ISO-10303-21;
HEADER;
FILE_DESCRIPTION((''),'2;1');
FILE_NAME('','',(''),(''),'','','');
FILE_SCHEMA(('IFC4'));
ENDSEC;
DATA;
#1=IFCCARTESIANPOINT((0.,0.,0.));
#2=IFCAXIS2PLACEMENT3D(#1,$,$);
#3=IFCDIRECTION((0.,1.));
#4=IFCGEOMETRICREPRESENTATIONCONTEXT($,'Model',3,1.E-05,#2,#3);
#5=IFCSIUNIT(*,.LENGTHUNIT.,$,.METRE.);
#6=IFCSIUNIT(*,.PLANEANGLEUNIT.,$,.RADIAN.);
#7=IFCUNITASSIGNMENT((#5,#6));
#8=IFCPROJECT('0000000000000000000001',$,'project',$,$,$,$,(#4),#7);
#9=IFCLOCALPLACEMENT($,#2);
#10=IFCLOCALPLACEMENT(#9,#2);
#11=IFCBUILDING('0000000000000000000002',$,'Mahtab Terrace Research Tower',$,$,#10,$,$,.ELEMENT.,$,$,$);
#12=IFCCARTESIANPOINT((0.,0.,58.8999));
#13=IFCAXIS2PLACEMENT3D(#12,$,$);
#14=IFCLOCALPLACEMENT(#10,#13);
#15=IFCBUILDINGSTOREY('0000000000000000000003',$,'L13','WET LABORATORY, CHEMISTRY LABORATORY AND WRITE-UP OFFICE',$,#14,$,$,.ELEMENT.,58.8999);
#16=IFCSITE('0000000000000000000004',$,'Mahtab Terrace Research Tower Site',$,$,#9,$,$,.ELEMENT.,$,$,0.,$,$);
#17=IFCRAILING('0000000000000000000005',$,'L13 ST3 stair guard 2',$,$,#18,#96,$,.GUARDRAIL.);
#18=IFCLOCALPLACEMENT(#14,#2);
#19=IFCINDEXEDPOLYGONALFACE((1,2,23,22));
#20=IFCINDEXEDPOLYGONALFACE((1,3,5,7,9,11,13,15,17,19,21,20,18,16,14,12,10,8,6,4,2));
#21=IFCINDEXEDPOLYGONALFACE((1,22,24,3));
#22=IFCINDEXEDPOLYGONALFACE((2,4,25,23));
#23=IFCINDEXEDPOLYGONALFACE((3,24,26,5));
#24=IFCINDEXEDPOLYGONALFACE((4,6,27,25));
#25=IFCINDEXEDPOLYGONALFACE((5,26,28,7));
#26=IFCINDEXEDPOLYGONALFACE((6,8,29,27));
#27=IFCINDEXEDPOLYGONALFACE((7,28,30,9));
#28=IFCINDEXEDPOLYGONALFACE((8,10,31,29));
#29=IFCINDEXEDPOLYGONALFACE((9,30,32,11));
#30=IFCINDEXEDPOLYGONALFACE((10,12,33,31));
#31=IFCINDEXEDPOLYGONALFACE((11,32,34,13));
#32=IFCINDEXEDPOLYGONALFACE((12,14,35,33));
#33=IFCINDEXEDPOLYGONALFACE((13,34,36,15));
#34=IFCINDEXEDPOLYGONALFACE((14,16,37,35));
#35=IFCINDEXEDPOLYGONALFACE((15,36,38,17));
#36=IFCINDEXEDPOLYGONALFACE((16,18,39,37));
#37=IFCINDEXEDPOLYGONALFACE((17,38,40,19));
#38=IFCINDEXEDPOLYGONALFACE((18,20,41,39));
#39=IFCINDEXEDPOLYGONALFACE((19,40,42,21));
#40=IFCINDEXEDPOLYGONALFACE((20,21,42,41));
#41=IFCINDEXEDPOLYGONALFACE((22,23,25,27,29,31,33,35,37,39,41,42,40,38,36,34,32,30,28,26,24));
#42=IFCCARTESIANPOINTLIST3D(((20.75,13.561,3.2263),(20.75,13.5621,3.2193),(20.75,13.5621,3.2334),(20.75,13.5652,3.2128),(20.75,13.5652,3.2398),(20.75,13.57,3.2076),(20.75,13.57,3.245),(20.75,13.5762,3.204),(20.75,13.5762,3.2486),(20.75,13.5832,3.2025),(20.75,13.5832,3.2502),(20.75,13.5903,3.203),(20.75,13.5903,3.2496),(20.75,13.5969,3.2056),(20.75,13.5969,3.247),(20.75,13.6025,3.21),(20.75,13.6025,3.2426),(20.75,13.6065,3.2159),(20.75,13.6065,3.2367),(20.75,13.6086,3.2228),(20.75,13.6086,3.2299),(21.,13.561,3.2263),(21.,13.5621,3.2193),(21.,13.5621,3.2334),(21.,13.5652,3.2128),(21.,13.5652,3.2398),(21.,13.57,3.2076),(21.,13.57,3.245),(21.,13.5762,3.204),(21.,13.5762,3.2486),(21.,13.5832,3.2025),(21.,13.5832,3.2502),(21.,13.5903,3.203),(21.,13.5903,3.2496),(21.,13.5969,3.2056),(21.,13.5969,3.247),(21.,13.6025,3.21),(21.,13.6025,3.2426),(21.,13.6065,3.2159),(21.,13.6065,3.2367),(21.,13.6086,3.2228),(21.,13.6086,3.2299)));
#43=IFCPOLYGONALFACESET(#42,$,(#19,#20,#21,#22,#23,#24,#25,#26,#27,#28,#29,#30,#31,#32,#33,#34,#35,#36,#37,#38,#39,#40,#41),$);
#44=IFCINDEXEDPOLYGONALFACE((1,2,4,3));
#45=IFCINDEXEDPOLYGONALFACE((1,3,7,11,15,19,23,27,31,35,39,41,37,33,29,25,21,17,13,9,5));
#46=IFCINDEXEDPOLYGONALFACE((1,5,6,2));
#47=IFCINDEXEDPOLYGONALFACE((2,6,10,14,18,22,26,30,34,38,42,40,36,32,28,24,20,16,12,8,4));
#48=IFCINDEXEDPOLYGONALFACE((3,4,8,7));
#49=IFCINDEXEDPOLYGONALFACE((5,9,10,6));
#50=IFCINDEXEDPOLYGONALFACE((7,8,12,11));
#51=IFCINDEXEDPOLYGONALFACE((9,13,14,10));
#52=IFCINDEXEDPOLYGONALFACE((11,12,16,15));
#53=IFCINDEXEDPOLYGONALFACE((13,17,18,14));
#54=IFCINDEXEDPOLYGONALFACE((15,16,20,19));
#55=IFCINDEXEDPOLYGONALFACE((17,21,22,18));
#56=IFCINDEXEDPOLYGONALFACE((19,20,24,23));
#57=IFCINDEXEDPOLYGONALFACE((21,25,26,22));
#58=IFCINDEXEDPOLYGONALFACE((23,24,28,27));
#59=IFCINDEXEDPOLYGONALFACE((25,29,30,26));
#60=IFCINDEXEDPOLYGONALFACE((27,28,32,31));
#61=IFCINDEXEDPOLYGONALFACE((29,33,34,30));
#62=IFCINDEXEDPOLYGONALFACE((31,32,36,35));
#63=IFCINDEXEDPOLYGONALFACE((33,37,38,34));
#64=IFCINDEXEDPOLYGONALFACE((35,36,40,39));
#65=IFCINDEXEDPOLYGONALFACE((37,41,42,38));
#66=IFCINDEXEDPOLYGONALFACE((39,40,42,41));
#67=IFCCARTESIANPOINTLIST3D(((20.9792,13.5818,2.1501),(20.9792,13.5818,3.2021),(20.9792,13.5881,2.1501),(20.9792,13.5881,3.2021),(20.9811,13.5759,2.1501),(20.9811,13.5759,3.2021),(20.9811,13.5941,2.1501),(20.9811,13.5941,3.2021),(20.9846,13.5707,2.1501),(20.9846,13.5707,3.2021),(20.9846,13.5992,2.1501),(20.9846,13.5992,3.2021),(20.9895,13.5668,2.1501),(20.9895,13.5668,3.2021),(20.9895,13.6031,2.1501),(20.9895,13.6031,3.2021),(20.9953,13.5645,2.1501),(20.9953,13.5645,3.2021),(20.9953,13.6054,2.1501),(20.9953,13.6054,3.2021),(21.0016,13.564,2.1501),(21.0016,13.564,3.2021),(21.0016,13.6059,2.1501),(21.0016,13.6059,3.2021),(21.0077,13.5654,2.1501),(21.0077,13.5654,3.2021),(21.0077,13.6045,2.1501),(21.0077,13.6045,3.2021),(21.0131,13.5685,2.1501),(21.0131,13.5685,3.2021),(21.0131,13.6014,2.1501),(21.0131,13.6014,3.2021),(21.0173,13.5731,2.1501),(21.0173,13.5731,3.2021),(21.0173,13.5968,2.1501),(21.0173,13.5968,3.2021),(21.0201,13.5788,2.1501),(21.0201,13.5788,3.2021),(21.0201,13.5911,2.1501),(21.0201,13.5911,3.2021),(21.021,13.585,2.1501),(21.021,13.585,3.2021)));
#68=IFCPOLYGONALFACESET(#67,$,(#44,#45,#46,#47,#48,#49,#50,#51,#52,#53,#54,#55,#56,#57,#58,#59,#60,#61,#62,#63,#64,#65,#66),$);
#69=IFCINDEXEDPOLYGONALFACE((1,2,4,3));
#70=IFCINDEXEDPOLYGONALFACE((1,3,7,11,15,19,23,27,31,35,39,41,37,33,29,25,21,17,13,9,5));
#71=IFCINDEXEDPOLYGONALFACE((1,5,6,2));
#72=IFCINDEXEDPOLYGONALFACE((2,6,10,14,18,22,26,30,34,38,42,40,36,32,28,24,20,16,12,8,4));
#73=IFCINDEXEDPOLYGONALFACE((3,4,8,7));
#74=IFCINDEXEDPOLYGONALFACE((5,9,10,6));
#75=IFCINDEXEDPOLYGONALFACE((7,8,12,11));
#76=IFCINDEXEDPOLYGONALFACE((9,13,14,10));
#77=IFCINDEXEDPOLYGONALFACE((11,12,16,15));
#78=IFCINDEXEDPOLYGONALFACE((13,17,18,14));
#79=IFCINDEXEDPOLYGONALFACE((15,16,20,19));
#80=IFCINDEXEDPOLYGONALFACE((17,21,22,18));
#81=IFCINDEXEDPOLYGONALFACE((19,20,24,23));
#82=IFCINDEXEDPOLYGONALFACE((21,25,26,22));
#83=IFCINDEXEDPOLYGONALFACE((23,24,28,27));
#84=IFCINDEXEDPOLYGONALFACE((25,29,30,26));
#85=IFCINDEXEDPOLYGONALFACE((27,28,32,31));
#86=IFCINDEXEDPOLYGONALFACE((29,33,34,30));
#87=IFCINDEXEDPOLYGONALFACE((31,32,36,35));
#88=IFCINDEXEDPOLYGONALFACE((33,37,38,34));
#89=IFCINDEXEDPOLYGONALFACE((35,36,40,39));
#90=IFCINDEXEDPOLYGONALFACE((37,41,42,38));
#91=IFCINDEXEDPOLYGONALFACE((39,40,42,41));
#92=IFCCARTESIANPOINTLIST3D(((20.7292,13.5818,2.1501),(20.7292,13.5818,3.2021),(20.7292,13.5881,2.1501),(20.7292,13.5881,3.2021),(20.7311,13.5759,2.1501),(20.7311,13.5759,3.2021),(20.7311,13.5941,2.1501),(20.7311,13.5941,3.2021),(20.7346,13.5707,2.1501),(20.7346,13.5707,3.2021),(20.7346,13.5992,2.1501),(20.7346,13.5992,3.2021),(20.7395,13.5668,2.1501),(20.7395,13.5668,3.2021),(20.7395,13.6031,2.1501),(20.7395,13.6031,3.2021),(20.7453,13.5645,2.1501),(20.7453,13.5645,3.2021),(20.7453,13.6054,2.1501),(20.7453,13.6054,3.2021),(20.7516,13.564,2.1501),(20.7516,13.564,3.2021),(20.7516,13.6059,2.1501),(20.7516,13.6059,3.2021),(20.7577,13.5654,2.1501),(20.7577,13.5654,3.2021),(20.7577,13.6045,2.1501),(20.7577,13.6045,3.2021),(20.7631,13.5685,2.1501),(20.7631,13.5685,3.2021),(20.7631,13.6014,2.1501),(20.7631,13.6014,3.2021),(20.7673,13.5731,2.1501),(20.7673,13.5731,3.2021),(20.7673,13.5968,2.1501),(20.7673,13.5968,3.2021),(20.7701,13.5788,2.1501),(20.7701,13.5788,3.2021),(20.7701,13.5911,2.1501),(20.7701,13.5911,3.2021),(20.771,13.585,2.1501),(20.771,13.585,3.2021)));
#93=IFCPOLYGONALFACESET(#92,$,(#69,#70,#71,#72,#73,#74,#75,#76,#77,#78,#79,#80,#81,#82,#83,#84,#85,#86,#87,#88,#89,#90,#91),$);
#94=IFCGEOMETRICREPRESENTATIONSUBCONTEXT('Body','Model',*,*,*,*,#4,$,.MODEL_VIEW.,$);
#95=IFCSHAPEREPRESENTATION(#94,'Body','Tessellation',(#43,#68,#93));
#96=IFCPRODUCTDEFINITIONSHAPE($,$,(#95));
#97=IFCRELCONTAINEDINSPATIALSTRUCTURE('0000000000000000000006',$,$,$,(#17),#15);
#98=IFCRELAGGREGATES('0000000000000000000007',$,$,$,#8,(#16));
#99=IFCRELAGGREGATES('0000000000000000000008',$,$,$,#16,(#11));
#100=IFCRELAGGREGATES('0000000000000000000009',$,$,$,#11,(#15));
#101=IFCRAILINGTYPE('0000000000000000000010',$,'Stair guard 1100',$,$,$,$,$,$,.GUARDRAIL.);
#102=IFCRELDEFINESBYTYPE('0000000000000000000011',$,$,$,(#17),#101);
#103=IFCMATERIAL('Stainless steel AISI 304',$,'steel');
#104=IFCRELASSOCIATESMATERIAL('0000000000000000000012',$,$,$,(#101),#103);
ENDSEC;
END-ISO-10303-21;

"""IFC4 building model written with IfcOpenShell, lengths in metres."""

from ifc_helpers import new_model, si_unit, direction, frame, origin, origin_2d, place, context, subcontext, project, spatial, circle, extrude, material, type_object, element, save


model = new_model("IFC4")

# Units and contexts
model_context = context("Model", 3, precision=1e-05, world=origin(), true_north=direction((0.0, 1.0)))
body_context = subcontext(model_context, "Body", "Model", "MODEL_VIEW")
ifc_project = project(units=[si_unit("LENGTHUNIT", "METRE"), si_unit("PLANEANGLEUNIT", "RADIAN")], contexts=[model_context])

# Site, building, storey
site_placement = place(None, origin())
site = spatial("IfcSite", under=ifc_project, at=site_placement, Name="Mahtab Terrace Research Tower Site", CompositionType="ELEMENT", RefElevation=0.0)
building_placement = place(site_placement, origin())
building = spatial("IfcBuilding", under=site, at=building_placement, Name="Mahtab Terrace Research Tower", CompositionType="ELEMENT")
storey_placement = place(building_placement, frame((0.0, 0.0, 58.8999)))
storey = spatial("IfcBuildingStorey", under=building, at=storey_placement, Name="L13", Description="WET LABORATORY, CHEMISTRY LABORATORY AND WRITE-UP OFFICE", CompositionType="ELEMENT", Elevation=58.8999)

# Railing
ifc_material_1 = material(Name="Stainless steel AISI 304", Category="steel")
railing_type_1 = type_object("IfcRailingType", Name="Stair guard 1100", PredefinedType="GUARDRAIL", material=ifc_material_1)
railing_1_placement = place(storey_placement, frame((21.0, 13.585, 2.1501)))
element("IfcRailing", 1, at=railing_1_placement, inside=storey, type_object=railing_type_1, Name="L13 ST3 stair guard 2", PredefinedType="GUARDRAIL", context=body_context, shape_type="SweptSolid", body=[
    extrude(circle(Radius=0.0239, at=origin_2d()), frame((0.0, 0.0, 1.0762), z_axis=(-1.0, 0.0, 0.0), x_axis=(0.0, -1.0, 0.0)), (0.0, 0.0, 1.0), 0.25),
    extrude(circle(Radius=0.021, at=origin_2d()), origin(), (0.0, 0.0, 1.0), 1.052),
    extrude(circle(Radius=0.021, at=origin_2d()), frame((-0.25, 0.0, 0.0)), (0.0, 0.0, 1.0), 1.052),
])

save(model, "model.ifc")
